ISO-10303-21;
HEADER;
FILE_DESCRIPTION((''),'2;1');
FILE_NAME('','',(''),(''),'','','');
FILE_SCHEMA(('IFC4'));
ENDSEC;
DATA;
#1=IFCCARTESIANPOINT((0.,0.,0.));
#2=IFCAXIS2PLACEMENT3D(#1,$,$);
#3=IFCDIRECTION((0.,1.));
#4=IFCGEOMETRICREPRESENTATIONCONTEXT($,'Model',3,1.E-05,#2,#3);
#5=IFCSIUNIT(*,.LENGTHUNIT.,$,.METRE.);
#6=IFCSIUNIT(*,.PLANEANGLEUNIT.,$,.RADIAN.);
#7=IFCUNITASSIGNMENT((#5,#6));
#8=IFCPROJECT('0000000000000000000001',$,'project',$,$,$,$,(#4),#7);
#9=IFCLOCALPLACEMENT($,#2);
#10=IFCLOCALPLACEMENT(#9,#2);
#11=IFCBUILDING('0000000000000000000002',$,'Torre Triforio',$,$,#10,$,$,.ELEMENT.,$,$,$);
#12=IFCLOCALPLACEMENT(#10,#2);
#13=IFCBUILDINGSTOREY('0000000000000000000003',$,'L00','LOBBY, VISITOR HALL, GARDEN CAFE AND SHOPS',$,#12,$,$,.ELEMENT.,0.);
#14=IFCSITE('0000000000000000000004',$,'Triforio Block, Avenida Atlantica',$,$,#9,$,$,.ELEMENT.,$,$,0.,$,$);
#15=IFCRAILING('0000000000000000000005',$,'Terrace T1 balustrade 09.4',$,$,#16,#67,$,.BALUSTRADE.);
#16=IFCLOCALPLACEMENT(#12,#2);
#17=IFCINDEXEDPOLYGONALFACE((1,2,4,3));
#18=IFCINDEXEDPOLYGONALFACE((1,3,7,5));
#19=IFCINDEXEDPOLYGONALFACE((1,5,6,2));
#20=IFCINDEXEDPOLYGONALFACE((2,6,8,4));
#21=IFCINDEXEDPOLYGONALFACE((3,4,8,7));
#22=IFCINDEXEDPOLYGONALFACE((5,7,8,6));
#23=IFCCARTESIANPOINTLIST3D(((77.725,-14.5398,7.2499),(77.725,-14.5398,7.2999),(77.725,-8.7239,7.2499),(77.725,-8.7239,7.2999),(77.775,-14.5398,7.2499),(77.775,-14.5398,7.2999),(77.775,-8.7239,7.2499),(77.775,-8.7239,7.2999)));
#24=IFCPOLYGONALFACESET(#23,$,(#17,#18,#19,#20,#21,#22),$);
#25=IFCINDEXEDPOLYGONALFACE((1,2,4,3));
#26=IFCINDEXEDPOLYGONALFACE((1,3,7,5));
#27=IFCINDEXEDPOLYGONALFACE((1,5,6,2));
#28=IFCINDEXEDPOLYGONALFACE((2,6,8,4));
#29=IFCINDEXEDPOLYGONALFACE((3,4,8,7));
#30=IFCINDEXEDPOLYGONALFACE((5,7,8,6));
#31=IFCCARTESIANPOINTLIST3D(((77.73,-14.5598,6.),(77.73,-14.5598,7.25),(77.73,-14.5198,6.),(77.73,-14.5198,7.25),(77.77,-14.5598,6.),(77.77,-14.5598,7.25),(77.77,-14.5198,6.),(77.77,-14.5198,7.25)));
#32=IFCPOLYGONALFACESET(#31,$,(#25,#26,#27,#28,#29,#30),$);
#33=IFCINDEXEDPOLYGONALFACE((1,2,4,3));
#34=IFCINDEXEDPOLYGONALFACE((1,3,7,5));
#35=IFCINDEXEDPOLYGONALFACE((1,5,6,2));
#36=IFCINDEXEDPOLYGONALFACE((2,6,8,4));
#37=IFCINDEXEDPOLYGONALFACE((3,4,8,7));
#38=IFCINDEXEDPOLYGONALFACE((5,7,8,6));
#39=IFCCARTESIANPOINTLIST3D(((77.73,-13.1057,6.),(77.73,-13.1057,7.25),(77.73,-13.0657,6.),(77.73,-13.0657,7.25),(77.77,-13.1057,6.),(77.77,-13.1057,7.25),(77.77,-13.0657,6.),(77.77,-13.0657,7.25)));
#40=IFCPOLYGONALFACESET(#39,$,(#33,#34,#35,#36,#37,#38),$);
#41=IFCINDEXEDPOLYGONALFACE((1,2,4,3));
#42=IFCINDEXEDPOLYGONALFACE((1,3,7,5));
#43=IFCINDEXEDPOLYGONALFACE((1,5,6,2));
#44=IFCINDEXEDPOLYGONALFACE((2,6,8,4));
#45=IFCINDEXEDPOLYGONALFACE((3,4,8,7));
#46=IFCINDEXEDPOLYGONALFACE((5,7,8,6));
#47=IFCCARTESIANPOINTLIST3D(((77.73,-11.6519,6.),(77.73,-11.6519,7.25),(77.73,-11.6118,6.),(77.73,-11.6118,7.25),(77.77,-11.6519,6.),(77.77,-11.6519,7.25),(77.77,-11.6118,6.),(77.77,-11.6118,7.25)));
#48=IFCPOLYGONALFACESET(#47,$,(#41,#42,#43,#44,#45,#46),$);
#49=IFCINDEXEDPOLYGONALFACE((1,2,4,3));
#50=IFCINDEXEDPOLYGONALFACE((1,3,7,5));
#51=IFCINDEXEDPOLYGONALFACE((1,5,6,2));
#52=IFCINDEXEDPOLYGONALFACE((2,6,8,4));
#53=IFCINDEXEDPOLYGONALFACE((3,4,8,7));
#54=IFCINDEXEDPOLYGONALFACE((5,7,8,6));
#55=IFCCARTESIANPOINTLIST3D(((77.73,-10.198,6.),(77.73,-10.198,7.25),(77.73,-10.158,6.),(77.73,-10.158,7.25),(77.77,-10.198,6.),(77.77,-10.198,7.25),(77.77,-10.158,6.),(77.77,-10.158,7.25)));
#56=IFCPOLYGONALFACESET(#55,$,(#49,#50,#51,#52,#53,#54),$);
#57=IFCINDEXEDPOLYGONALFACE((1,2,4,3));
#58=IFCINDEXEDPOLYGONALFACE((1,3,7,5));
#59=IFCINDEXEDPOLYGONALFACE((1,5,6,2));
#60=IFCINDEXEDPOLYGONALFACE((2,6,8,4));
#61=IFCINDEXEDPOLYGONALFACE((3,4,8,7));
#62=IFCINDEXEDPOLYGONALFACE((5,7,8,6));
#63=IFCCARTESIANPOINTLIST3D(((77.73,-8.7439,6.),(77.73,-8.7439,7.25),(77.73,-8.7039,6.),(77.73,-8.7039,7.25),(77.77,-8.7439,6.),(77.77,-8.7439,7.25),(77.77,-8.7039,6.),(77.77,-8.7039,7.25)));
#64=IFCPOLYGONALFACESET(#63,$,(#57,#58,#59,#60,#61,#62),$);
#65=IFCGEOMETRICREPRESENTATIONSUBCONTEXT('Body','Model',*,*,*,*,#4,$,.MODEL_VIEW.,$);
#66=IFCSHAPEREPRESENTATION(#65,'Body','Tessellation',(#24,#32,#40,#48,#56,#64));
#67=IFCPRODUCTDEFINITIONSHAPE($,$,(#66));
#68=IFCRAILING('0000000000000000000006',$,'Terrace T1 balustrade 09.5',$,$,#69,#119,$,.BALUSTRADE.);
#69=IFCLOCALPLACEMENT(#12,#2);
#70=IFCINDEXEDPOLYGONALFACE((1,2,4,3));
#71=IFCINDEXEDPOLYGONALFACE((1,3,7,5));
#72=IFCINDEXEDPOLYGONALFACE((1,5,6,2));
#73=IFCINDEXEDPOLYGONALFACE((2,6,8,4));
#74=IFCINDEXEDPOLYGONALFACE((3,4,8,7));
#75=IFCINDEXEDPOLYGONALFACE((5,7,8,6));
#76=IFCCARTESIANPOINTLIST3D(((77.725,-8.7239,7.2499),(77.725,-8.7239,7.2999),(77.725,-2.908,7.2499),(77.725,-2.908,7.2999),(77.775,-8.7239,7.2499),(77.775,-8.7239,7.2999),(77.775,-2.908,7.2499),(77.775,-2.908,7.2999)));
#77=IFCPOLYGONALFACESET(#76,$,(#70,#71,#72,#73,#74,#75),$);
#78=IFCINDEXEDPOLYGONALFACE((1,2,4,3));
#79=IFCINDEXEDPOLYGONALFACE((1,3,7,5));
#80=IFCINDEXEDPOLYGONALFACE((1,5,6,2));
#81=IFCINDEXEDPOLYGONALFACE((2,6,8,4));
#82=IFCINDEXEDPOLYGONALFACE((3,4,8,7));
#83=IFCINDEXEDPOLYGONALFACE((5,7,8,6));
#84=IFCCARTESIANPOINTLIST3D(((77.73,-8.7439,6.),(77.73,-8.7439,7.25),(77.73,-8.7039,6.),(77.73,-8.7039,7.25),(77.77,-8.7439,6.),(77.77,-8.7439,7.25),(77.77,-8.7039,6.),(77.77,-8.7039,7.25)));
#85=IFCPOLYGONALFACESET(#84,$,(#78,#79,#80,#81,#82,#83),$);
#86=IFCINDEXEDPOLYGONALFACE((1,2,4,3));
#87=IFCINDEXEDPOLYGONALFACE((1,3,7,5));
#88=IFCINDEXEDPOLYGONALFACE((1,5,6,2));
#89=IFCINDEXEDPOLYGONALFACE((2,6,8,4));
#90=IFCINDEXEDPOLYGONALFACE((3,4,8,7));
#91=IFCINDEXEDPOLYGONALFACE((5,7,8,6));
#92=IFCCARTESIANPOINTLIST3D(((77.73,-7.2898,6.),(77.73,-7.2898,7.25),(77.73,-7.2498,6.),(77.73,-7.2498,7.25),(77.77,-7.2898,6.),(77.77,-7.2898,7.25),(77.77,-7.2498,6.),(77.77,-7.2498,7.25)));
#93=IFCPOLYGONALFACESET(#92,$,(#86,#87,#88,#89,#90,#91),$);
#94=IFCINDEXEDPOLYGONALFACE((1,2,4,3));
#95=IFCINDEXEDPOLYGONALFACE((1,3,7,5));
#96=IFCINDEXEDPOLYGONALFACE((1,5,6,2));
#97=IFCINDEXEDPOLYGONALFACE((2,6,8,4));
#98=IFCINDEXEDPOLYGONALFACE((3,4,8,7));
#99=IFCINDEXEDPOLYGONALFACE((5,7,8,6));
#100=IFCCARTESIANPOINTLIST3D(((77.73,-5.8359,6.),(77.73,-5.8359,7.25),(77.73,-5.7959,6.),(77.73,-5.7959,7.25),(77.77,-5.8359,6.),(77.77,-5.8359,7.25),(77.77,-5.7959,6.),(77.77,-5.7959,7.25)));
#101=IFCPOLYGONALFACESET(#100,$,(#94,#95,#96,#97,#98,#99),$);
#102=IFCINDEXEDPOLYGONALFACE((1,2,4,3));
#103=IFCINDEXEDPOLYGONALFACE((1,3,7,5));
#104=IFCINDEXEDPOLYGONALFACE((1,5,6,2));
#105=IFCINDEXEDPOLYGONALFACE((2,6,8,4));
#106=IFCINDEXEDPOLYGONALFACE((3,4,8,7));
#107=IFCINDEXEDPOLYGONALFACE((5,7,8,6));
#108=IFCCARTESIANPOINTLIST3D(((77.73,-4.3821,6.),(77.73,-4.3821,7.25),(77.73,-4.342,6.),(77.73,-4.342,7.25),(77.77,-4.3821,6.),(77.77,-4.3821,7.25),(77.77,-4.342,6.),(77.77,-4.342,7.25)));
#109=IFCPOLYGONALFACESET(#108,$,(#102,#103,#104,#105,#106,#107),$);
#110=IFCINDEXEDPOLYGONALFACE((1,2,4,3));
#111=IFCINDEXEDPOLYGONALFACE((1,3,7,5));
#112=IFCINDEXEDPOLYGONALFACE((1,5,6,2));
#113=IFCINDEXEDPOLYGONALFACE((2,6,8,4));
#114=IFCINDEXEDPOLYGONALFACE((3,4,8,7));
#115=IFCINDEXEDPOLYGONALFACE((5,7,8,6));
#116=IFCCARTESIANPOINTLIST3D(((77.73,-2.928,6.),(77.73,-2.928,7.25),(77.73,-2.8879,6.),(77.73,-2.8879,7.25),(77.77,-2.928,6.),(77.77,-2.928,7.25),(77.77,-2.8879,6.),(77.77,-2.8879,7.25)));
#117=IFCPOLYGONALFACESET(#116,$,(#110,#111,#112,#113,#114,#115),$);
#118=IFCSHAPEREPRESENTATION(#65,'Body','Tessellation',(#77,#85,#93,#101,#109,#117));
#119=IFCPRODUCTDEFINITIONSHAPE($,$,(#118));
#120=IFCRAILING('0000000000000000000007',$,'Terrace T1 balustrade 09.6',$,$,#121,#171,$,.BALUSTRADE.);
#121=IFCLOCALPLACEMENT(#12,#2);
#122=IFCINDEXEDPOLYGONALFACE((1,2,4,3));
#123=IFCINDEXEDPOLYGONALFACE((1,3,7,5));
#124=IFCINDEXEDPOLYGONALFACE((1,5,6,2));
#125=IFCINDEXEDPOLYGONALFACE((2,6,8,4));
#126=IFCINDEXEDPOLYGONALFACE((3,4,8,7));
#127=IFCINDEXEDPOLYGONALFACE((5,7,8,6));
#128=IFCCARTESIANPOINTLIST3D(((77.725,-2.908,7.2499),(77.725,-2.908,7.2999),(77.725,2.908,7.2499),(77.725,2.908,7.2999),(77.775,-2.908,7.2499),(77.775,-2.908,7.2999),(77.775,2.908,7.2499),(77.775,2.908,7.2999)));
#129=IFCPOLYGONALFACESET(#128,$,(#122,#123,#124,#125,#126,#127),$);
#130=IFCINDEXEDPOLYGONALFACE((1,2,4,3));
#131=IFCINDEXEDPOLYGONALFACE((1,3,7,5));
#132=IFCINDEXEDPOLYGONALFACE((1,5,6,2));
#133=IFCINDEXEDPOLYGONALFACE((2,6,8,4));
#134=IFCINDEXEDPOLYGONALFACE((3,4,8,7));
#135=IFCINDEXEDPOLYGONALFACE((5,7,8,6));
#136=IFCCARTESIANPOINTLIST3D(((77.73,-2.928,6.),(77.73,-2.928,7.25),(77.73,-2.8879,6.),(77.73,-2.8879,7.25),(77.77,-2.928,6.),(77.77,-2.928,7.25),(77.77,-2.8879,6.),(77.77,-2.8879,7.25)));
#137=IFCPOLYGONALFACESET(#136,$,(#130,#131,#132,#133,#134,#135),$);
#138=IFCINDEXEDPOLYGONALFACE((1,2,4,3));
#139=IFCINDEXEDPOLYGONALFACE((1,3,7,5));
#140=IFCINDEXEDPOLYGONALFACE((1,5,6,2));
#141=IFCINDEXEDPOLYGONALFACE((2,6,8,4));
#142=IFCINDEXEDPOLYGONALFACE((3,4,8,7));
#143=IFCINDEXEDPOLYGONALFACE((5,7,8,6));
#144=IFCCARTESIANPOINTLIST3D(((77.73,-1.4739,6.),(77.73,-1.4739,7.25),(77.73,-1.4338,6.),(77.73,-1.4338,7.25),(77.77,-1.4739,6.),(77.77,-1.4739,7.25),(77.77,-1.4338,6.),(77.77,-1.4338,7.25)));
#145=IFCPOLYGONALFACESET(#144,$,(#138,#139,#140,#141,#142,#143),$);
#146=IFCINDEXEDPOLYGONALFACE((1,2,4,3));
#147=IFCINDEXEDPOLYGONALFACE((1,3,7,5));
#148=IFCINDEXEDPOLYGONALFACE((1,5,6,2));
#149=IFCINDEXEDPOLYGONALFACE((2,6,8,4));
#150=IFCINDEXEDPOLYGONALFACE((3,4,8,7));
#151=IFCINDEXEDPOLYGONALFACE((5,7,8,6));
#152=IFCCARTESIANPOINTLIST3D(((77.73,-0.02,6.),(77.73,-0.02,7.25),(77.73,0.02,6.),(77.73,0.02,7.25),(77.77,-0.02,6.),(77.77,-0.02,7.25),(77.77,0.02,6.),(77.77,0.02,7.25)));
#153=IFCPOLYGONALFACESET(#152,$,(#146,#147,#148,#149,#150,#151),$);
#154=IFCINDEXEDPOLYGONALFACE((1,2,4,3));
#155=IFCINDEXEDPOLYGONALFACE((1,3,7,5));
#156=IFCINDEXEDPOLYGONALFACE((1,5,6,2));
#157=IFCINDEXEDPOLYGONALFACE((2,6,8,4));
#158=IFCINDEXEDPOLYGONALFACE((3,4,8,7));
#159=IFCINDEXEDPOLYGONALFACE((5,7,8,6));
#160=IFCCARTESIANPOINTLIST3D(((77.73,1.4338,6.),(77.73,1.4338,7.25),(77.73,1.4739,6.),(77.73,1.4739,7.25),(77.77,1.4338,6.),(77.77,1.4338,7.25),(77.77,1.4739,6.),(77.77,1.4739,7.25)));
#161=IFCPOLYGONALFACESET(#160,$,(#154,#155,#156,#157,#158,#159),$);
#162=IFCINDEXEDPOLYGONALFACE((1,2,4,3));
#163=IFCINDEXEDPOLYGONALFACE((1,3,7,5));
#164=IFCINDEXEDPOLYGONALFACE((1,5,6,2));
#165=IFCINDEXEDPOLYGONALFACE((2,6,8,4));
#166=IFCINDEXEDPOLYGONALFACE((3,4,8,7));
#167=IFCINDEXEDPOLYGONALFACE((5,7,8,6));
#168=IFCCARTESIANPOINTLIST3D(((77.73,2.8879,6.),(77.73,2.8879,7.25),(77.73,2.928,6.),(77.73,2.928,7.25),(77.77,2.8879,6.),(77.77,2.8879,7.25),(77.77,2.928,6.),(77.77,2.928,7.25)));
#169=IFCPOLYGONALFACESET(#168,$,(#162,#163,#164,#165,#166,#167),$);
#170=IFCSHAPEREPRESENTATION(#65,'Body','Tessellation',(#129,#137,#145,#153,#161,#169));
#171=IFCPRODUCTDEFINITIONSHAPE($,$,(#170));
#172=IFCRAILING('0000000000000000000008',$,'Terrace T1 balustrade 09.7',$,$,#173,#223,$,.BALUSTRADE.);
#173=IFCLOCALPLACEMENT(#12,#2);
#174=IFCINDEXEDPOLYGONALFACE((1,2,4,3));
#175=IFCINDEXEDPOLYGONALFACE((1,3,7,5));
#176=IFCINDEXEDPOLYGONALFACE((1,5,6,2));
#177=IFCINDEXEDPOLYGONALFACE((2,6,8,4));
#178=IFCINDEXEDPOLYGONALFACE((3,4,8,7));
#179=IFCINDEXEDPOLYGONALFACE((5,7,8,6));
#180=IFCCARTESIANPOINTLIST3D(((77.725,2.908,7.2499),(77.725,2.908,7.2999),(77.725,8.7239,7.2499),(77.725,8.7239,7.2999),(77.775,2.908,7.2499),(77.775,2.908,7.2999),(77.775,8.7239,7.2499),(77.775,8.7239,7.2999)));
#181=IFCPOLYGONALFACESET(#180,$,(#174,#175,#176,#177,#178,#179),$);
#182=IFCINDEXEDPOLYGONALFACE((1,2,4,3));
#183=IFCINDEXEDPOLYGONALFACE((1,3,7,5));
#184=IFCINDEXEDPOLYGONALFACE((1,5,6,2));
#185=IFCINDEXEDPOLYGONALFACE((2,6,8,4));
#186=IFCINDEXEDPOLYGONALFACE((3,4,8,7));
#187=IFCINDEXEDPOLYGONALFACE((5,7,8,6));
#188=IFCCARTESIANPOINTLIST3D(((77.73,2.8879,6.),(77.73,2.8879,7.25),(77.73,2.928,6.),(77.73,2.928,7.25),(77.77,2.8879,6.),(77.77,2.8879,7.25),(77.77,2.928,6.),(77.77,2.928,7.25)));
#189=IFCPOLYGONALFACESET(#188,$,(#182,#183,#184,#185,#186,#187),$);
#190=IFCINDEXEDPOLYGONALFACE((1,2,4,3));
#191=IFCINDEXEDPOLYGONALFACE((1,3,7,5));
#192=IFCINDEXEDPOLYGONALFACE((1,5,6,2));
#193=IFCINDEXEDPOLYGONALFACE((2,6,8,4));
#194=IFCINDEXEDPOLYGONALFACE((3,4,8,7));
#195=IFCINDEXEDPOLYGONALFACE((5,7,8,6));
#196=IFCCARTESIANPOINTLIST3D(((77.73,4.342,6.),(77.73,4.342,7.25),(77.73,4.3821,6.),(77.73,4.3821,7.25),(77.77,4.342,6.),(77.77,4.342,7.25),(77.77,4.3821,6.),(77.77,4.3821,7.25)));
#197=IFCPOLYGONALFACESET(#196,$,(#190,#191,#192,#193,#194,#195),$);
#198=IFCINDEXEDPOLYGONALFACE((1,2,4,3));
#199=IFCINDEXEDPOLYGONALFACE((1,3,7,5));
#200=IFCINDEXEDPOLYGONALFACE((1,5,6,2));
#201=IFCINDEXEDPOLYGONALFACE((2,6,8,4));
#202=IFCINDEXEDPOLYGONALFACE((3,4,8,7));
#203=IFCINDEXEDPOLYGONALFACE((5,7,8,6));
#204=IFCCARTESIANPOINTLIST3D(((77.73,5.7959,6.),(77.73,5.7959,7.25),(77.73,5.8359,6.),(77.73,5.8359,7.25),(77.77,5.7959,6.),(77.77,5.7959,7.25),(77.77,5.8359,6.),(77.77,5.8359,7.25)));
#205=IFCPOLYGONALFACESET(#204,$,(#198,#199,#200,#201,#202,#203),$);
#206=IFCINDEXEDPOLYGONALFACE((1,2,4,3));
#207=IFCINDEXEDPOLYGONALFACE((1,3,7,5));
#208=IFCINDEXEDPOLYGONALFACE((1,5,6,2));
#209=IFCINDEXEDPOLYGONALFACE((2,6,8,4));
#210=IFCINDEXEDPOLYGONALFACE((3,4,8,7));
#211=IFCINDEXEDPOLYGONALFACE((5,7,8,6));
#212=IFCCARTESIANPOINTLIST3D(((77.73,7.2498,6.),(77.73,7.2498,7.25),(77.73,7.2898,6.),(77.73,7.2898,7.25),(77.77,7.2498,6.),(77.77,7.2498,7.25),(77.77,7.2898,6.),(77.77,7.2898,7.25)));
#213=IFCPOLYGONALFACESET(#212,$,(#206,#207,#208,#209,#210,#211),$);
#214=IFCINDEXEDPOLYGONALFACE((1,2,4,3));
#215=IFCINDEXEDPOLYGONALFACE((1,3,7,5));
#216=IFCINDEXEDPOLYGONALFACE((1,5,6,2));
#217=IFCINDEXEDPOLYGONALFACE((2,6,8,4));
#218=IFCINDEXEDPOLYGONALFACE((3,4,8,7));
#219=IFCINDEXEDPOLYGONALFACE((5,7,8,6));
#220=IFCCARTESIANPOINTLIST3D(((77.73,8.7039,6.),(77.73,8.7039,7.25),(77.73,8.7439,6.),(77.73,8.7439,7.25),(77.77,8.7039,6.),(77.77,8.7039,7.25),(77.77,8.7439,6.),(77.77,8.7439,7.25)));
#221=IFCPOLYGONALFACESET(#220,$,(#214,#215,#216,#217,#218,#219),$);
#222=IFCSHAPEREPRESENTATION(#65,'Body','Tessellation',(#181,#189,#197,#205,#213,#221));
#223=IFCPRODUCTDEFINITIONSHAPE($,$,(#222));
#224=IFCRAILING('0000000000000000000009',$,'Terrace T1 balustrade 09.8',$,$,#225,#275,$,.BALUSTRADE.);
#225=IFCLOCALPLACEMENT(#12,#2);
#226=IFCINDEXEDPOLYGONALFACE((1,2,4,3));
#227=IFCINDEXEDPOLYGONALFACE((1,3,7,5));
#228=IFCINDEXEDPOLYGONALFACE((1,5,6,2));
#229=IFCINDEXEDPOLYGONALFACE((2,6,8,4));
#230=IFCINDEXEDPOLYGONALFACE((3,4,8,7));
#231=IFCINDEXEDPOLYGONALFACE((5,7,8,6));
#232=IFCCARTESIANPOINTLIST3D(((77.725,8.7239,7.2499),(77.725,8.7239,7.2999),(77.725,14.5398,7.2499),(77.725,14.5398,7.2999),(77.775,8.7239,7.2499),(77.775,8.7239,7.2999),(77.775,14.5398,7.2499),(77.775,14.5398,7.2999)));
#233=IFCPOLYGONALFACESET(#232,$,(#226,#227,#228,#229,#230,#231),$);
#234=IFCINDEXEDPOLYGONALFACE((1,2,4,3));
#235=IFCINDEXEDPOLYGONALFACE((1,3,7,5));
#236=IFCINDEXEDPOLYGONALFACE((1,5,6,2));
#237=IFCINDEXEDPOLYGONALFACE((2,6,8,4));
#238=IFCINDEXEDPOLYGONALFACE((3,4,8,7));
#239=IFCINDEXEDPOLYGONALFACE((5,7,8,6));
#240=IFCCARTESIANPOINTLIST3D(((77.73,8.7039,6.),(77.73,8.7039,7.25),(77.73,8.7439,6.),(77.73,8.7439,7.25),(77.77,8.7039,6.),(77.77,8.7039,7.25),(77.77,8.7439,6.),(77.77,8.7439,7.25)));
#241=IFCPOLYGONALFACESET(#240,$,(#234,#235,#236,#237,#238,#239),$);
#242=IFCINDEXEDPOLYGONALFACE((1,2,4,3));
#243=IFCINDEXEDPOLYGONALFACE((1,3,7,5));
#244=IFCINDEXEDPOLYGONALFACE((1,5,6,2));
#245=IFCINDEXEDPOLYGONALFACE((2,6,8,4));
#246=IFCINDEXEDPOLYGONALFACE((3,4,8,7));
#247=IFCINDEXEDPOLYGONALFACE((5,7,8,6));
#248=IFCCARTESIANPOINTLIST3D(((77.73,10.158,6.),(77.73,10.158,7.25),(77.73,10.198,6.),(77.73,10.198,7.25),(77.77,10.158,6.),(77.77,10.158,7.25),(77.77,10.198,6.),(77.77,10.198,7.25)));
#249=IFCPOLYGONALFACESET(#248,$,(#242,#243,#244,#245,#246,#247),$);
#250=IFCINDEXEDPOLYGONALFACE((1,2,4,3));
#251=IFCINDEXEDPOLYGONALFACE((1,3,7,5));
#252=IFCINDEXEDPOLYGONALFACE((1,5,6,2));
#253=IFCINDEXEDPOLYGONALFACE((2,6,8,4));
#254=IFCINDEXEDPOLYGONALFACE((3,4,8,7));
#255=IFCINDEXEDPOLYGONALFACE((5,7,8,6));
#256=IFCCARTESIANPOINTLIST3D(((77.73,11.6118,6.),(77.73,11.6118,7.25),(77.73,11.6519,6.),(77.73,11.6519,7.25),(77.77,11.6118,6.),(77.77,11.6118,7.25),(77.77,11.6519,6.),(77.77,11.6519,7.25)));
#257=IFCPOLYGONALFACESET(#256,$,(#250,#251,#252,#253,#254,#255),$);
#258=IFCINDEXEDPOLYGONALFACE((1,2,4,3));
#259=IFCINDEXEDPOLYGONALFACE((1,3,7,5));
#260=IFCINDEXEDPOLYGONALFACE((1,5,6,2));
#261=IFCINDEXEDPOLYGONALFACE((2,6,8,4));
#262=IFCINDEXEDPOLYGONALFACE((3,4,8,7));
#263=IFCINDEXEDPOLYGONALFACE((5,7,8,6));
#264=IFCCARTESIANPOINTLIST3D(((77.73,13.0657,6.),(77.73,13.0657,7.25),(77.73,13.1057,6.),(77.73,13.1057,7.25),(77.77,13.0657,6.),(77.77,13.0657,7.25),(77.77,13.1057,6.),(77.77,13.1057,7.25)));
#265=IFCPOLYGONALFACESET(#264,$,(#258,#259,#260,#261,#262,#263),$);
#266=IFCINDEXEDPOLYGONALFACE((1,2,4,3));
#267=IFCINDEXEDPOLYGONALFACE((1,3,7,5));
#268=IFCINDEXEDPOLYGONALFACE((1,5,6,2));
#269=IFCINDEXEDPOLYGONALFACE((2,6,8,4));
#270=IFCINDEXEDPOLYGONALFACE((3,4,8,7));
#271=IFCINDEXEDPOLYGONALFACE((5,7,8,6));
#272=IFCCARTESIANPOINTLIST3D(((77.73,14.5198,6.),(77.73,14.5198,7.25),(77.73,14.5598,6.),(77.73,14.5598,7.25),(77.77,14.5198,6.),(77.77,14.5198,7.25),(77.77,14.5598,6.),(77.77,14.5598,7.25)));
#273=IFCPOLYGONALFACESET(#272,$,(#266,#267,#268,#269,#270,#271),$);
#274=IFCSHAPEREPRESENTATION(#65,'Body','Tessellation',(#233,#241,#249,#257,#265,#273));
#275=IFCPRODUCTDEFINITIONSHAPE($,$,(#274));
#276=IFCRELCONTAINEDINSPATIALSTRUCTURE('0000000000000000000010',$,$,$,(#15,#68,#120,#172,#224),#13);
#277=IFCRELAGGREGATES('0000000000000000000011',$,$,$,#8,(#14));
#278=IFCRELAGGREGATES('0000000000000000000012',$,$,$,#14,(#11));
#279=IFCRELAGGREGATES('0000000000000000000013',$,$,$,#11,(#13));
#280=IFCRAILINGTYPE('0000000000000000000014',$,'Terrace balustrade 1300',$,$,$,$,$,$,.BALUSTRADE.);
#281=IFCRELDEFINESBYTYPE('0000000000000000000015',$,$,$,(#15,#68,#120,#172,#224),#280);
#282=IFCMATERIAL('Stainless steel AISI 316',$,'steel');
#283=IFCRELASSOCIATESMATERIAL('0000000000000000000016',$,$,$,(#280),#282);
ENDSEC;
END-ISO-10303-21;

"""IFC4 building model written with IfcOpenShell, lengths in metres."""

from ifc_helpers import new_model, si_unit, direction, frame, origin, origin_2d, place, context, subcontext, project, spatial, rectangle, extrude, material, type_object, element, save


model = new_model("IFC4")

# Units and contexts
model_context = context("Model", 3, precision=1e-05, world=origin(), true_north=direction((0.0, 1.0)))
body_context = subcontext(model_context, "Body", "Model", "MODEL_VIEW")
ifc_project = project(units=[si_unit("LENGTHUNIT", "METRE"), si_unit("PLANEANGLEUNIT", "RADIAN")], contexts=[model_context])

# Site, building, storey
site_placement = place(None, origin())
site = spatial("IfcSite", under=ifc_project, at=site_placement, Name="Triforio Block, Avenida Atlantica", CompositionType="ELEMENT", RefElevation=0.0)
building_placement = place(site_placement, origin())
building = spatial("IfcBuilding", under=site, at=building_placement, Name="Torre Triforio", CompositionType="ELEMENT")
storey_placement = place(building_placement, origin())
storey = spatial("IfcBuildingStorey", under=building, at=storey_placement, Name="L00", Description="LOBBY, VISITOR HALL, GARDEN CAFE AND SHOPS", CompositionType="ELEMENT", Elevation=0.0)

# Railings
ifc_material_1 = material(Name="Stainless steel AISI 316", Category="steel")
railing_type = type_object("IfcRailingType", Name="Terrace balustrade 1300", PredefinedType="BALUSTRADE", material=ifc_material_1)
for number, where, name in (
    (1, (77.75, -14.5398, 6.0), "Terrace T1 balustrade 09.4"),
    (2, (77.75, -8.7239, 6.0), "Terrace T1 balustrade 09.5"),
    (3, (77.75, -2.908, 6.0), "Terrace T1 balustrade 09.6"),
    (4, (77.75, 2.908, 6.0), "Terrace T1 balustrade 09.7"),
    (5, (77.75, 8.7239, 6.0), "Terrace T1 balustrade 09.8"),
):
    element("IfcRailing", number, at=place(storey_placement, frame(where)), inside=storey, type_object=railing_type, Name=name, PredefinedType="BALUSTRADE", context=body_context, shape_type="SweptSolid", body=[
        extrude(rectangle(XDim=0.05, YDim=0.05, at=origin_2d()), frame((0.0, 0.0, 1.2749), z_axis=(0.0, 1.0, 0.0), x_axis=(-1.0, 0.0, 0.0)), (0.0, 0.0, 1.0), 5.8159),
        extrude(rectangle(XDim=0.04, YDim=0.04, at=origin_2d()), origin(), (0.0, 0.0, 1.0), 1.25),
        extrude(rectangle(XDim=0.04, YDim=0.04, at=origin_2d()), frame((0.0, 1.4541, 0.0)), (0.0, 0.0, 1.0), 1.25),
        extrude(rectangle(XDim=0.04, YDim=0.04, at=origin_2d()), frame((0.0, 2.908, 0.0)), (0.0, 0.0, 1.0), 1.25),
        extrude(rectangle(XDim=0.04, YDim=0.04, at=origin_2d()), frame((0.0, 4.3618, 0.0)), (0.0, 0.0, 1.0), 1.25),
        extrude(rectangle(XDim=0.04, YDim=0.04, at=origin_2d()), frame((0.0, 5.8159, 0.0)), (0.0, 0.0, 1.0), 1.25),
    ])

save(model, "model.ifc")
